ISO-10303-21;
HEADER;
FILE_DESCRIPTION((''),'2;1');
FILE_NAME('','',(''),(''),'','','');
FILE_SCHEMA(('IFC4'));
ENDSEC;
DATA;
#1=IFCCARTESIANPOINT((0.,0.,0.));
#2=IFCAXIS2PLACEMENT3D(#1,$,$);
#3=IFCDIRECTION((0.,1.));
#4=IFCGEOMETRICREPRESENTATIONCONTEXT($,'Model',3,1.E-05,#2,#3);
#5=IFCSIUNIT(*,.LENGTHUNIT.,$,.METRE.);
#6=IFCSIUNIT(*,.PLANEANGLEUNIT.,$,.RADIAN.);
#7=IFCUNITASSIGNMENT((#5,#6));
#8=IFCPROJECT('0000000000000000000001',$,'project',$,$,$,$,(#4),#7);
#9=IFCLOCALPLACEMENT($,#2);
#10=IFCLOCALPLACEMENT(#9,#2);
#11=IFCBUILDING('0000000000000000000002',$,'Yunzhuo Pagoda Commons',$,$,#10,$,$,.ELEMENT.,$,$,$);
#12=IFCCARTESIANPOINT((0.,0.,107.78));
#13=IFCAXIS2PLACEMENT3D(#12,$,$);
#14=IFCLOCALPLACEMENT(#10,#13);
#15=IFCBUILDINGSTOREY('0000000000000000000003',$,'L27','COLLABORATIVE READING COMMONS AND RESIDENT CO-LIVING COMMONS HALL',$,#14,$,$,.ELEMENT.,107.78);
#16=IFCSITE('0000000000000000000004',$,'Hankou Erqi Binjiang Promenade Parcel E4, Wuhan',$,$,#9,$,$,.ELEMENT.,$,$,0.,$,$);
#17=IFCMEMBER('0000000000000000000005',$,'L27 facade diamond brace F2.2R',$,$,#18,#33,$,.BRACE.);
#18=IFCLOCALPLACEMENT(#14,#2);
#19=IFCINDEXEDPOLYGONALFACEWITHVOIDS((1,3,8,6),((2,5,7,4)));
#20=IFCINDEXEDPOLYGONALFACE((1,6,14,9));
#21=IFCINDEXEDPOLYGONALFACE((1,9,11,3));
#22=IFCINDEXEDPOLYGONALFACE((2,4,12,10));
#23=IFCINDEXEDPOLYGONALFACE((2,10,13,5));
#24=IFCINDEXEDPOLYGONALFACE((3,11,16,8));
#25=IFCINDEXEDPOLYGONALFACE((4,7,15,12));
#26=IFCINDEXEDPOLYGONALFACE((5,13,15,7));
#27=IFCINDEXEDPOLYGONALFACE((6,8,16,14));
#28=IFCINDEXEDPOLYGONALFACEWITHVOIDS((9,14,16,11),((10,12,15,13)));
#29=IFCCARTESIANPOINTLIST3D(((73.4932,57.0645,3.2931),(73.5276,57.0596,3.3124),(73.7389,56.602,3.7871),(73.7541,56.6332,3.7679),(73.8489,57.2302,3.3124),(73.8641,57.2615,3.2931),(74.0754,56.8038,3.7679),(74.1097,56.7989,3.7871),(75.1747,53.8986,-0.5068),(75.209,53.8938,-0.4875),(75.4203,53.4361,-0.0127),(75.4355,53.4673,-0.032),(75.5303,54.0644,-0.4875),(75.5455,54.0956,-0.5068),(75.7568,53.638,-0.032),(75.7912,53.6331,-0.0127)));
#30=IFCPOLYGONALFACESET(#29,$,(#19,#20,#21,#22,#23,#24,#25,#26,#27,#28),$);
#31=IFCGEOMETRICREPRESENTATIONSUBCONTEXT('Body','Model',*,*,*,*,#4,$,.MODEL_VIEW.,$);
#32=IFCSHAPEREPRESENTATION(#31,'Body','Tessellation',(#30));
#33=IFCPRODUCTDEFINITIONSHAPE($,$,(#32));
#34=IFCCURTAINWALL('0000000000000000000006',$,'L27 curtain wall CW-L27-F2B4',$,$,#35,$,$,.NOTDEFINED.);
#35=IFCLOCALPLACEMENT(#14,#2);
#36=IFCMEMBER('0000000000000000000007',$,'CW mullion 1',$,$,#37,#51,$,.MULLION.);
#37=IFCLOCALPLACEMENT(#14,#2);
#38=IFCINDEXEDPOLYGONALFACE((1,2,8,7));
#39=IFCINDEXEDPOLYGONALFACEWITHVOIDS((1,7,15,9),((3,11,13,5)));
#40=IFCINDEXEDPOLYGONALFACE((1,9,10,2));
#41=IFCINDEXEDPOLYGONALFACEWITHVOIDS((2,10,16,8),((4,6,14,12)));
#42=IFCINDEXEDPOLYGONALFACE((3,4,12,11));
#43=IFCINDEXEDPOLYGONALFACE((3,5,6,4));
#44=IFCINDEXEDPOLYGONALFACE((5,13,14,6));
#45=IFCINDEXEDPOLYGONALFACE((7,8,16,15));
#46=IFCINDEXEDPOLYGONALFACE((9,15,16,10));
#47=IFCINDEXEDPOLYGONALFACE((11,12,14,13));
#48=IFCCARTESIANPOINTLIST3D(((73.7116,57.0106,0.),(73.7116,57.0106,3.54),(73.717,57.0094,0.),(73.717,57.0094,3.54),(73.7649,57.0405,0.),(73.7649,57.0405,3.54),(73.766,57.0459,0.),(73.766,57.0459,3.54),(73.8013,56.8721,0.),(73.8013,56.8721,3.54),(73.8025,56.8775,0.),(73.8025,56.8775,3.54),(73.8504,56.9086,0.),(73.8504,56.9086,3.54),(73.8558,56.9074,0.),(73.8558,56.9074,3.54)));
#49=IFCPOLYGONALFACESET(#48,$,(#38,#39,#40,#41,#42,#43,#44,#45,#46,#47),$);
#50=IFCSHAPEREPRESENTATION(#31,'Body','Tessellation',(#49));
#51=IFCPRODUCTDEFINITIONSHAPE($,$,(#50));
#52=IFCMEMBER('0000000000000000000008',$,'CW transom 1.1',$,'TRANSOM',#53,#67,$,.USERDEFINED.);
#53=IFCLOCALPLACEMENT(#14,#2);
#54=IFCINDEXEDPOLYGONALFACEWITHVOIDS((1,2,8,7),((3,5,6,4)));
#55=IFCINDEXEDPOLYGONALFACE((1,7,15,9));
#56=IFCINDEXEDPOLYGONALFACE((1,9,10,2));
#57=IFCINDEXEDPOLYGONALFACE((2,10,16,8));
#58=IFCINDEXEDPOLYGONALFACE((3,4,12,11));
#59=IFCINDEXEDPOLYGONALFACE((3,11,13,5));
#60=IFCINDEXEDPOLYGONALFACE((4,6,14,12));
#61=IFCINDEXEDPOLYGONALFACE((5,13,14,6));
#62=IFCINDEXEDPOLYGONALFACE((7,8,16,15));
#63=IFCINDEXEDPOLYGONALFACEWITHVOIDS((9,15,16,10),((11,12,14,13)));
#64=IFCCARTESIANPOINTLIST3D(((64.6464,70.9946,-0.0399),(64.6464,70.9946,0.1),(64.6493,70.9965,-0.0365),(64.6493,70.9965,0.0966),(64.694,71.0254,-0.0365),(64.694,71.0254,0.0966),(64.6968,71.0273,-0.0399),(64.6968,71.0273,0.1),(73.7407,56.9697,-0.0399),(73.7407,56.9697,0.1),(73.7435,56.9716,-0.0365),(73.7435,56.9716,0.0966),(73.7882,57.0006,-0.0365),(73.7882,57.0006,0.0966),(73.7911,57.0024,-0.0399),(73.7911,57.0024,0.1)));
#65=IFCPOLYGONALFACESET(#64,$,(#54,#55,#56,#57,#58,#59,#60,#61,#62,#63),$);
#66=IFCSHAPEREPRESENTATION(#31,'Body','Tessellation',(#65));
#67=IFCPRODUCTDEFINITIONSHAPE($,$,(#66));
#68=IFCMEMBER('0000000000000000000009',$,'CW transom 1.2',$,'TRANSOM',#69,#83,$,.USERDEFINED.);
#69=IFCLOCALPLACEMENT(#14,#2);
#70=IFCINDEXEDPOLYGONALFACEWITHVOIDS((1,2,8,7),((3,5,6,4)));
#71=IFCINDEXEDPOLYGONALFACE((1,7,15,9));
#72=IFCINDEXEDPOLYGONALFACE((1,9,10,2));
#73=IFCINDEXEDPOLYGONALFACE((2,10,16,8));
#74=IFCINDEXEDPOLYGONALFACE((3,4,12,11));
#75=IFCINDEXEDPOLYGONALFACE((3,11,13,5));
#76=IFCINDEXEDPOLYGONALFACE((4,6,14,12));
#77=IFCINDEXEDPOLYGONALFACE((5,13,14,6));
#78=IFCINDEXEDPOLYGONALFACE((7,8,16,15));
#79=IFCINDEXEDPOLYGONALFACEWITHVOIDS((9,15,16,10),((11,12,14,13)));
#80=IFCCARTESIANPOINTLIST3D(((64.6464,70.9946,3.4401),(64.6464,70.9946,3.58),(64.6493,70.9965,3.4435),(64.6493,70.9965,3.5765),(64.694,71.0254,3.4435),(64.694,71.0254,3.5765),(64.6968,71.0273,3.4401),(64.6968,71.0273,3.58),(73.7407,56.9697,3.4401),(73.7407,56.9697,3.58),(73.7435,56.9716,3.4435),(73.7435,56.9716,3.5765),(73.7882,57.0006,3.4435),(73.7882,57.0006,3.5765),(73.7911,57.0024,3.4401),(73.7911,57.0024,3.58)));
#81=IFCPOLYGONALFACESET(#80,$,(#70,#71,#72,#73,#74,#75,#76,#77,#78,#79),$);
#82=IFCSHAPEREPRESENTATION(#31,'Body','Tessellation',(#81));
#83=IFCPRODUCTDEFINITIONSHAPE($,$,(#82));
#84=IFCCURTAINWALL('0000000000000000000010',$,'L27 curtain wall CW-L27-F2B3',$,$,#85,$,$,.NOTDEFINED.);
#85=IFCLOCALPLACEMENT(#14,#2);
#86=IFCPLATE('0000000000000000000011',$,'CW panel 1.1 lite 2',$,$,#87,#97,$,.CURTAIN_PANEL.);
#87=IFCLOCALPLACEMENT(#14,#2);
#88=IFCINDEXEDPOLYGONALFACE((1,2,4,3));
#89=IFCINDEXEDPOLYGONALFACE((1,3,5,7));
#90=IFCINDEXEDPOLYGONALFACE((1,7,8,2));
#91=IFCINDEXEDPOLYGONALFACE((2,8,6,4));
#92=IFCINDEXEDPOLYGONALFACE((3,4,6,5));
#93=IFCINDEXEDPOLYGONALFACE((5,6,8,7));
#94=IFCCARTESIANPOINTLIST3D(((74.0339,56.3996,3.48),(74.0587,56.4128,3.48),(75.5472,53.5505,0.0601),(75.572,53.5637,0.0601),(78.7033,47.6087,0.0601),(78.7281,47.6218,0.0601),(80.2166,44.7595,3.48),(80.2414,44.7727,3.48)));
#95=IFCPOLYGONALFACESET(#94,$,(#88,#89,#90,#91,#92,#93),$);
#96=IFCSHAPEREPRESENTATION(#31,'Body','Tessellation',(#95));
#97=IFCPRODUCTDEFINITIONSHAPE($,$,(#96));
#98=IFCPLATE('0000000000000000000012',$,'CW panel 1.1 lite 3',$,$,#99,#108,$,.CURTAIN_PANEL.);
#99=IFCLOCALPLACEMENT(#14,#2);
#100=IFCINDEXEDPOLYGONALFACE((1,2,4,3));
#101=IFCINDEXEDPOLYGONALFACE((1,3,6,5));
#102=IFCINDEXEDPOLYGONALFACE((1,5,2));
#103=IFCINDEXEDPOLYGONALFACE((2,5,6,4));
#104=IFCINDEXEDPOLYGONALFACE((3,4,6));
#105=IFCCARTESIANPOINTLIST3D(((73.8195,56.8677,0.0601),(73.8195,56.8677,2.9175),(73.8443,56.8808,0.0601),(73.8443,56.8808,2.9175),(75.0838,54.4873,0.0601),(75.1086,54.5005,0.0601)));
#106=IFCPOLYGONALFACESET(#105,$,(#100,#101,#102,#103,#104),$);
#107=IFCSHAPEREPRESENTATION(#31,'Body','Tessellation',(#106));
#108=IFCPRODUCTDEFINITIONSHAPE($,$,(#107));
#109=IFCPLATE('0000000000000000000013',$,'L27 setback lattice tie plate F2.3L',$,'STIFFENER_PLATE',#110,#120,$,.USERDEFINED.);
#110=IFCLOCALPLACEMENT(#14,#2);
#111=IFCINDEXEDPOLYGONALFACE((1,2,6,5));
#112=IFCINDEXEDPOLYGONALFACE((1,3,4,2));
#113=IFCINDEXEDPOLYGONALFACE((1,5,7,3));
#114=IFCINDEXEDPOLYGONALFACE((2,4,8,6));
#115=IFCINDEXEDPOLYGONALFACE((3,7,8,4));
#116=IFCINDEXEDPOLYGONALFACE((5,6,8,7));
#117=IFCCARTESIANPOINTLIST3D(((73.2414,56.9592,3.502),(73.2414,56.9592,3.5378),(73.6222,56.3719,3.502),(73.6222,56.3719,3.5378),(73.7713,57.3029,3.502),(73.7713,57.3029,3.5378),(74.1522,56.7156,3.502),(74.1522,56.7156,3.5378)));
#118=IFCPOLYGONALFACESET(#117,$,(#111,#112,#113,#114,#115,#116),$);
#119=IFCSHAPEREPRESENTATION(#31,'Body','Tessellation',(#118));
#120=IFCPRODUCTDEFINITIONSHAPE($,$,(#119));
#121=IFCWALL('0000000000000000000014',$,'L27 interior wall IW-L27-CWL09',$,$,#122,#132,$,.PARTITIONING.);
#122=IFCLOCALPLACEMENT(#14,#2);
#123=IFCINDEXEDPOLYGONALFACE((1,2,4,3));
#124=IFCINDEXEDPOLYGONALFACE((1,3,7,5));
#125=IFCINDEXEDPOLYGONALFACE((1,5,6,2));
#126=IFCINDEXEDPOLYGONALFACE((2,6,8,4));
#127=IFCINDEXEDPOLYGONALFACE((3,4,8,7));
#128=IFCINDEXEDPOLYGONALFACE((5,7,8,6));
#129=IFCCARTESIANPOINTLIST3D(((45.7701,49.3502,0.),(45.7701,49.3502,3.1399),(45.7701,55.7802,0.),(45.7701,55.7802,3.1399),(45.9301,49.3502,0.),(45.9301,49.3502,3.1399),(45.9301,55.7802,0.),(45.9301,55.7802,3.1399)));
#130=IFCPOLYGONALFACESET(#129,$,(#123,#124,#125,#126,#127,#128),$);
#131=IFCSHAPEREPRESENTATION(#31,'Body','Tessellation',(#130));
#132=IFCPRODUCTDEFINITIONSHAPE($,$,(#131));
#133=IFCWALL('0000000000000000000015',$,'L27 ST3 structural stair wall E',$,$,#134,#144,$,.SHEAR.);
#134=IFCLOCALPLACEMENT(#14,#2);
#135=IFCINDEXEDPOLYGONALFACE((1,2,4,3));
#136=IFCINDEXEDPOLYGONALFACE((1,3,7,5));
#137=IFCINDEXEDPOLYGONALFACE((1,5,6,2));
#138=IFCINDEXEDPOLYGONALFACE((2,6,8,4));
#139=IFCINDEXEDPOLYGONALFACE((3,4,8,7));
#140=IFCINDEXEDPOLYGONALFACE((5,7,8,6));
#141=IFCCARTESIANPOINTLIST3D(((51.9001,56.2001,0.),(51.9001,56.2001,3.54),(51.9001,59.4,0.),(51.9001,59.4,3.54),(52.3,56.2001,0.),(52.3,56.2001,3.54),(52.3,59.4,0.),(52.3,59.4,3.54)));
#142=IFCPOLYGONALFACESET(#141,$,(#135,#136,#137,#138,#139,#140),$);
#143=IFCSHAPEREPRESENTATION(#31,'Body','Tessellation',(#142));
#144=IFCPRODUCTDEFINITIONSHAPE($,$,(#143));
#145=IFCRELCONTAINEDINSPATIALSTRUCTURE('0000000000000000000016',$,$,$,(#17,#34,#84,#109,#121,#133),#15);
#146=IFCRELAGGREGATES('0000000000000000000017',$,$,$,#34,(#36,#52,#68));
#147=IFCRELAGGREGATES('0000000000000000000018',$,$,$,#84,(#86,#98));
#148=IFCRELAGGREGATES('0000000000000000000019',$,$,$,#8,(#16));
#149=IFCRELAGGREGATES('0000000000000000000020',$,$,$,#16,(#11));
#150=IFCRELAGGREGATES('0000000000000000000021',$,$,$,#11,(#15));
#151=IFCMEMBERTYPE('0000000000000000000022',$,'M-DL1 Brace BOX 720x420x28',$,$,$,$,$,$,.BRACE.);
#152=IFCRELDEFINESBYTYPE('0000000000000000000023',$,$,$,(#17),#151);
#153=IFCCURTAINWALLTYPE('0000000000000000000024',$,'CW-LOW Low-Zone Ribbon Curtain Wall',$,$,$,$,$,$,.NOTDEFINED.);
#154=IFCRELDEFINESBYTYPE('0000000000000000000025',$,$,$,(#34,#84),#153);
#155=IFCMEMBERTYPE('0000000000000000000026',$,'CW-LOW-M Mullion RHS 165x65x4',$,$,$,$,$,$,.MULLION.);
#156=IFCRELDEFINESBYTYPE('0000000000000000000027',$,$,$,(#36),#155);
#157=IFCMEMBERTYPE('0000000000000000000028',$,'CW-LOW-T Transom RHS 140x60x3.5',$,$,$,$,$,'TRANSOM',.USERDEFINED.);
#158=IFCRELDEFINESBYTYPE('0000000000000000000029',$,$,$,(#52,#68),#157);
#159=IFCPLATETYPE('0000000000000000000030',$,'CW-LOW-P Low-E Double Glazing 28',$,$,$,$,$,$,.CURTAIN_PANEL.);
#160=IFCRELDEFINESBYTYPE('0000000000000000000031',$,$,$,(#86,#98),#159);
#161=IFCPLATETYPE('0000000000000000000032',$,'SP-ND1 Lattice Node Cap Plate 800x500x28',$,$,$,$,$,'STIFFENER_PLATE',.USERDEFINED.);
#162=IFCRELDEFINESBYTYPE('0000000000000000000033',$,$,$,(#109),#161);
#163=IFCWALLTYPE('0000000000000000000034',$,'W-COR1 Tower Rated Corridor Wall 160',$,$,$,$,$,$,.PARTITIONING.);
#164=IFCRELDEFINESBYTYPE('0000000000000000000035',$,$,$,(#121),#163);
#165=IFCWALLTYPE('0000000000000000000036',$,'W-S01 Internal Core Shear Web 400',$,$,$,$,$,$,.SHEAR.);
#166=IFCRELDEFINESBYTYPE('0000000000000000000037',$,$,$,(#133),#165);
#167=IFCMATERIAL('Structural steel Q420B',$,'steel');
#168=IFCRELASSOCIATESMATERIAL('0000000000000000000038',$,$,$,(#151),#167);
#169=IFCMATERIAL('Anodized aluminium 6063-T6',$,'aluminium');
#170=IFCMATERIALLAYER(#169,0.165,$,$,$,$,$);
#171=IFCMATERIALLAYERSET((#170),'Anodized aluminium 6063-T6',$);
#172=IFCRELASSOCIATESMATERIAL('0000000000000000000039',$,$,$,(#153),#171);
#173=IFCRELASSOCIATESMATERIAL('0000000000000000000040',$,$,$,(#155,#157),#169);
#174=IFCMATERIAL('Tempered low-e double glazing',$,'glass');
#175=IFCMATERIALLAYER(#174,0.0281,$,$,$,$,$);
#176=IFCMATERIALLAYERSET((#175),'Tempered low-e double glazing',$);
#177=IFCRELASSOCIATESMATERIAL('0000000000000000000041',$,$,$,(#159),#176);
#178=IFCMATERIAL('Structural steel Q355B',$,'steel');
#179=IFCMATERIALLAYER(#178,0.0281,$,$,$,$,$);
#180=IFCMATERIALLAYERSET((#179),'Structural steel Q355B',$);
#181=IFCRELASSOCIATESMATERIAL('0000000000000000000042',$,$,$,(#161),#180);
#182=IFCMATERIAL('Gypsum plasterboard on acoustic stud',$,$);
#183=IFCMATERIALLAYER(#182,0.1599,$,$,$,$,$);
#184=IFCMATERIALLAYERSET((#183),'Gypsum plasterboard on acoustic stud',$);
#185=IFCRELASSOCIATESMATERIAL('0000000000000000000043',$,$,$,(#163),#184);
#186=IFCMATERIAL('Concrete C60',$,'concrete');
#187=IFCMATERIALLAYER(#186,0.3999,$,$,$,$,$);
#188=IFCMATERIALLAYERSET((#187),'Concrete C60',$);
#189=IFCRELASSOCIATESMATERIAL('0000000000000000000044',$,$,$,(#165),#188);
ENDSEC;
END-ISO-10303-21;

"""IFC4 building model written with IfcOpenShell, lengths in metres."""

from ifc_helpers import new_model, si_unit, direction, frame, frame_2d, origin, origin_2d, place, context, subcontext, project, spatial, polyline, rectangle, hollow_rectangle, outline, extrude, source, transform, mapped, material, layer, layer_set, material_profile, profile_set, type_object, element, aggregate, save


model = new_model("IFC4")

# Units and contexts
model_context = context("Model", 3, precision=1e-05, world=origin(), true_north=direction((0.0, 1.0)))
body_context = subcontext(model_context, "Body", "Model", "MODEL_VIEW")
ifc_project = project(units=[si_unit("LENGTHUNIT", "METRE"), si_unit("PLANEANGLEUNIT", "RADIAN")], contexts=[model_context])

# Site, building, storey
site_placement = place(None, origin())
site = spatial("IfcSite", under=ifc_project, at=site_placement, Name="Hankou Erqi Binjiang Promenade Parcel E4, Wuhan", CompositionType="ELEMENT", RefElevation=0.0)
building_placement = place(site_placement, origin())
building = spatial("IfcBuilding", under=site, at=building_placement, Name="Yunzhuo Pagoda Commons", CompositionType="ELEMENT")
storey_placement = place(building_placement, frame((0.0, 0.0, 107.78)))
storey = spatial("IfcBuildingStorey", under=building, at=storey_placement, Name="L27", Description="COLLABORATIVE READING COMMONS AND RESIDENT CO-LIVING COMMONS HALL", CompositionType="ELEMENT", Elevation=107.78)

# Shared definitions
ifc_material_1 = material(Name="Structural steel Q420B", Category="steel")

# Shared definitions
ifc_material_2 = material(Name="Structural steel Q355B", Category="steel")

# Member
ifc_material_profile_1 = material_profile(ifc_material_1, hollow_rectangle(XDim=0.4199, YDim=0.72, WallThickness=0.0281, at=origin_2d()), Name="Structural steel Q420B")
ifc_profile_set_1 = profile_set([ifc_material_profile_1], Name="Structural steel Q420B")
member_type_1 = type_object("IfcMemberType", Name="M-DL1 Brace BOX 720x420x28", PredefinedType="BRACE", material=ifc_profile_set_1)
shared_shape_1 = source(origin(), body_context, "Body", "SweptSolid", [
    extrude(hollow_rectangle(XDim=0.4199, YDim=0.72, WallThickness=0.0281, at=origin_2d()), origin(), (0.0, 0.0, 1.0), 5.2239),
])
member_1_placement = place(storey_placement, frame((75.4829, 53.7659, -0.2598), z_axis=(-0.321874, 0.606033, 0.727407), x_axis=(-0.883164, -0.469064, 0.0)))
element("IfcMember", 1, at=member_1_placement, inside=storey, type_object=member_type_1, Name="L27 facade diamond brace F2.2R", PredefinedType="BRACE", context=body_context, shape_type="MappedRepresentation", body=[
    mapped(shared_shape_1, transform((0.0, 0.0, 0.0), scale=1.0)),
])

# Curtain wall, members
ifc_material_3 = material(Name="Anodized aluminium 6063-T6", Category="aluminium")
ifc_layer_1 = layer(ifc_material_3, 0.165)
ifc_layer_set_1 = layer_set([ifc_layer_1], Name="Anodized aluminium 6063-T6")
curtain_wall_type = type_object("IfcCurtainWallType", Name="CW-LOW Low-Zone Ribbon Curtain Wall", PredefinedType="NOTDEFINED", material=ifc_layer_set_1)
curtain_wall_1_placement = place(storey_placement, origin())
curtain_wall_1 = element("IfcCurtainWall", 2, at=curtain_wall_1_placement, inside=storey, type_object=curtain_wall_type, Name="L27 curtain wall CW-L27-F2B4", PredefinedType="NOTDEFINED")
ifc_material_profile_2 = material_profile(ifc_material_3, hollow_rectangle(XDim=0.0649, YDim=0.165, WallThickness=0.0039, at=origin_2d()), Name="Anodized aluminium 6063-T6")
ifc_profile_set_2 = profile_set([ifc_material_profile_2], Name="Anodized aluminium 6063-T6")
member_type_2 = type_object("IfcMemberType", Name="CW-LOW-M Mullion RHS 165x65x4", PredefinedType="MULLION", material=ifc_profile_set_2)
shared_shape_2 = source(origin(), body_context, "Body", "SweptSolid", [
    extrude(hollow_rectangle(XDim=0.0649, YDim=0.165, WallThickness=0.0039, at=origin_2d()), origin(), (0.0, 0.0, 1.0), 3.54),
])
member_2_placement = place(storey_placement, frame((73.7837, 56.959, 0.0), z_axis=(0.0, 0.0, 1.0), x_axis=(-0.83904, -0.54407, 0.0)))
member_2 = element("IfcMember", 3, at=member_2_placement, type_object=member_type_2, Name="CW mullion 1", PredefinedType="MULLION", context=body_context, shape_type="MappedRepresentation", body=[
    mapped(shared_shape_2, transform((0.0, 0.0, 0.0), scale=1.0)),
])
ifc_material_profile_3 = material_profile(ifc_material_3, hollow_rectangle(XDim=0.0601, YDim=0.1399, WallThickness=0.0034, at=origin_2d()), Name="Anodized aluminium 6063-T6")
ifc_profile_set_3 = profile_set([ifc_material_profile_3], Name="Anodized aluminium 6063-T6")
member_type_3 = type_object("IfcMemberType", Name="CW-LOW-T Transom RHS 140x60x3.5", ElementType="TRANSOM", PredefinedType="USERDEFINED", material=ifc_profile_set_3)
shared_shape_3 = source(origin(), body_context, "Body", "SweptSolid", [
    extrude(hollow_rectangle(XDim=0.0601, YDim=0.1399, WallThickness=0.0034, at=origin_2d()), origin(), (0.0, 0.0, 1.0), 16.7153),
])
member_3_placement = place(storey_placement, frame((73.7659, 56.9861, 0.03), z_axis=(-0.544065, 0.839043, 0.0), x_axis=(-0.839043, -0.544065, 0.0)))
member_3 = element("IfcMember", 4, at=member_3_placement, type_object=member_type_3, Name="CW transom 1.1", ObjectType="TRANSOM", PredefinedType="USERDEFINED", context=body_context, shape_type="MappedRepresentation", body=[
    mapped(shared_shape_3, transform((0.0, 0.0, 0.0), scale=1.0)),
])
member_4_placement = place(storey_placement, frame((73.7659, 56.9861, 3.51), z_axis=(-0.544065, 0.839043, 0.0), x_axis=(-0.839043, -0.544065, 0.0)))
member_4 = element("IfcMember", 5, at=member_4_placement, type_object=member_type_3, Name="CW transom 1.2", ObjectType="TRANSOM", PredefinedType="USERDEFINED", context=body_context, shape_type="MappedRepresentation", body=[
    mapped(shared_shape_3, transform((0.0, 0.0, 0.0), scale=1.0)),
])
aggregate(curtain_wall_1, [member_2, member_3, member_4])

# Curtain wall, plates
curtain_wall_2_placement = place(storey_placement, origin())
curtain_wall_2 = element("IfcCurtainWall", 6, at=curtain_wall_2_placement, inside=storey, type_object=curtain_wall_type, Name="L27 curtain wall CW-L27-F2B3", PredefinedType="NOTDEFINED")
ifc_material_4 = material(Name="Tempered low-e double glazing", Category="glass")
ifc_layer_2 = layer(ifc_material_4, 0.0281)
ifc_layer_set_2 = layer_set([ifc_layer_2], Name="Tempered low-e double glazing")
plate_type_1 = type_object("IfcPlateType", Name="CW-LOW-P Low-E Double Glazing 28", PredefinedType="CURTAIN_PANEL", material=ifc_layer_set_2)
plate_1_placement = place(storey_placement, frame((77.1252, 50.5796, 1.77), z_axis=(0.883152, 0.469086, 0.0), x_axis=(-0.469086, 0.883152, 0.0)))
plate_1 = element("IfcPlate", 7, at=plate_1_placement, type_object=plate_type_1, Name="CW panel 1.1 lite 2", PredefinedType="CURTAIN_PANEL", context=body_context, shape_type="SweptSolid", body=[
    extrude(outline(polyline([(-6.5901, 1.71), (-3.364, -1.71), (3.364, -1.71), (6.5901, 1.71), (-6.5901, 1.71)])), origin(), (0.0, 0.0, 1.0), 0.0281),
])
plate_2_placement = place(storey_placement, frame((74.4517, 55.6775, 1.4888), z_axis=(0.883152, 0.469086, 0.0), x_axis=(-0.469086, 0.883152, 0.0)))
plate_2 = element("IfcPlate", 8, at=plate_2_placement, type_object=plate_type_1, Name="CW panel 1.1 lite 3", PredefinedType="CURTAIN_PANEL", context=body_context, shape_type="SweptSolid", body=[
    extrude(outline(polyline([(-1.3477, -1.4287), (1.3477, -1.4287), (1.3477, 1.4287), (-1.3477, -1.4287)])), origin(), (0.0, 0.0, 1.0), 0.0281),
])
aggregate(curtain_wall_2, [plate_1, plate_2])

# Plate
ifc_layer_3 = layer(ifc_material_2, 0.0281)
ifc_layer_set_3 = layer_set([ifc_layer_3], Name="Structural steel Q355B")
plate_type_2 = type_object("IfcPlateType", Name="SP-ND1 Lattice Node Cap Plate 800x500x28", ElementType="STIFFENER_PLATE", PredefinedType="USERDEFINED", material=ifc_layer_set_3)
shared_shape_4 = source(origin(), body_context, "Body", "SweptSolid", [
    extrude(rectangle(XDim=0.7, YDim=0.6316, at=origin_2d()), origin(), (0.0, 0.0, 1.0), 0.0359),
])
plate_3_placement = place(storey_placement, frame((73.6968, 56.8374, 3.502), z_axis=(0.0, 0.0, 1.0), x_axis=(-0.544068, 0.839041, 0.0)))
element("IfcPlate", 9, at=plate_3_placement, inside=storey, type_object=plate_type_2, Name="L27 setback lattice tie plate F2.3L", ObjectType="STIFFENER_PLATE", PredefinedType="USERDEFINED", context=body_context, shape_type="MappedRepresentation", body=[
    mapped(shared_shape_4, transform((0.0, 0.0, 0.0), scale=1.0)),
])

# Walls
ifc_material_5 = material(Name="Gypsum plasterboard on acoustic stud")
ifc_layer_4 = layer(ifc_material_5, 0.1599)
ifc_layer_set_4 = layer_set([ifc_layer_4], Name="Gypsum plasterboard on acoustic stud")
wall_type_1 = type_object("IfcWallType", Name="W-COR1 Tower Rated Corridor Wall 160", PredefinedType="PARTITIONING", material=ifc_layer_set_4)
wall_1_placement = place(storey_placement, frame((45.8501, 55.78, 0.0), z_axis=(0.0, 0.0, 1.0), x_axis=(0.0, -1.0, 0.0)))
element("IfcWall", 10, at=wall_1_placement, inside=storey, type_object=wall_type_1, Name="L27 interior wall IW-L27-CWL09", PredefinedType="PARTITIONING", context=body_context, shape_type="SweptSolid", body=[
    extrude(rectangle(XDim=6.4299, YDim=0.1599, at=frame_2d((3.2148, 0.0))), origin(), (0.0, 0.0, 1.0), 3.1399),
])
ifc_material_6 = material(Name="Concrete C60", Category="concrete")
ifc_layer_5 = layer(ifc_material_6, 0.3999)
ifc_layer_set_5 = layer_set([ifc_layer_5], Name="Concrete C60")
wall_type_2 = type_object("IfcWallType", Name="W-S01 Internal Core Shear Web 400", PredefinedType="SHEAR", material=ifc_layer_set_5)
wall_2_placement = place(storey_placement, frame((52.1001, 56.2, 0.0), z_axis=(0.0, 0.0, 1.0), x_axis=(0.0, 1.0, 0.0)))
element("IfcWall", 11, at=wall_2_placement, inside=storey, type_object=wall_type_2, Name="L27 ST3 structural stair wall E", PredefinedType="SHEAR", context=body_context, shape_type="SweptSolid", body=[
    extrude(rectangle(XDim=3.2, YDim=0.3999, at=frame_2d((1.6001, 0.0))), origin(), (0.0, 0.0, 1.0), 3.54),
])

save(model, "model.ifc")
